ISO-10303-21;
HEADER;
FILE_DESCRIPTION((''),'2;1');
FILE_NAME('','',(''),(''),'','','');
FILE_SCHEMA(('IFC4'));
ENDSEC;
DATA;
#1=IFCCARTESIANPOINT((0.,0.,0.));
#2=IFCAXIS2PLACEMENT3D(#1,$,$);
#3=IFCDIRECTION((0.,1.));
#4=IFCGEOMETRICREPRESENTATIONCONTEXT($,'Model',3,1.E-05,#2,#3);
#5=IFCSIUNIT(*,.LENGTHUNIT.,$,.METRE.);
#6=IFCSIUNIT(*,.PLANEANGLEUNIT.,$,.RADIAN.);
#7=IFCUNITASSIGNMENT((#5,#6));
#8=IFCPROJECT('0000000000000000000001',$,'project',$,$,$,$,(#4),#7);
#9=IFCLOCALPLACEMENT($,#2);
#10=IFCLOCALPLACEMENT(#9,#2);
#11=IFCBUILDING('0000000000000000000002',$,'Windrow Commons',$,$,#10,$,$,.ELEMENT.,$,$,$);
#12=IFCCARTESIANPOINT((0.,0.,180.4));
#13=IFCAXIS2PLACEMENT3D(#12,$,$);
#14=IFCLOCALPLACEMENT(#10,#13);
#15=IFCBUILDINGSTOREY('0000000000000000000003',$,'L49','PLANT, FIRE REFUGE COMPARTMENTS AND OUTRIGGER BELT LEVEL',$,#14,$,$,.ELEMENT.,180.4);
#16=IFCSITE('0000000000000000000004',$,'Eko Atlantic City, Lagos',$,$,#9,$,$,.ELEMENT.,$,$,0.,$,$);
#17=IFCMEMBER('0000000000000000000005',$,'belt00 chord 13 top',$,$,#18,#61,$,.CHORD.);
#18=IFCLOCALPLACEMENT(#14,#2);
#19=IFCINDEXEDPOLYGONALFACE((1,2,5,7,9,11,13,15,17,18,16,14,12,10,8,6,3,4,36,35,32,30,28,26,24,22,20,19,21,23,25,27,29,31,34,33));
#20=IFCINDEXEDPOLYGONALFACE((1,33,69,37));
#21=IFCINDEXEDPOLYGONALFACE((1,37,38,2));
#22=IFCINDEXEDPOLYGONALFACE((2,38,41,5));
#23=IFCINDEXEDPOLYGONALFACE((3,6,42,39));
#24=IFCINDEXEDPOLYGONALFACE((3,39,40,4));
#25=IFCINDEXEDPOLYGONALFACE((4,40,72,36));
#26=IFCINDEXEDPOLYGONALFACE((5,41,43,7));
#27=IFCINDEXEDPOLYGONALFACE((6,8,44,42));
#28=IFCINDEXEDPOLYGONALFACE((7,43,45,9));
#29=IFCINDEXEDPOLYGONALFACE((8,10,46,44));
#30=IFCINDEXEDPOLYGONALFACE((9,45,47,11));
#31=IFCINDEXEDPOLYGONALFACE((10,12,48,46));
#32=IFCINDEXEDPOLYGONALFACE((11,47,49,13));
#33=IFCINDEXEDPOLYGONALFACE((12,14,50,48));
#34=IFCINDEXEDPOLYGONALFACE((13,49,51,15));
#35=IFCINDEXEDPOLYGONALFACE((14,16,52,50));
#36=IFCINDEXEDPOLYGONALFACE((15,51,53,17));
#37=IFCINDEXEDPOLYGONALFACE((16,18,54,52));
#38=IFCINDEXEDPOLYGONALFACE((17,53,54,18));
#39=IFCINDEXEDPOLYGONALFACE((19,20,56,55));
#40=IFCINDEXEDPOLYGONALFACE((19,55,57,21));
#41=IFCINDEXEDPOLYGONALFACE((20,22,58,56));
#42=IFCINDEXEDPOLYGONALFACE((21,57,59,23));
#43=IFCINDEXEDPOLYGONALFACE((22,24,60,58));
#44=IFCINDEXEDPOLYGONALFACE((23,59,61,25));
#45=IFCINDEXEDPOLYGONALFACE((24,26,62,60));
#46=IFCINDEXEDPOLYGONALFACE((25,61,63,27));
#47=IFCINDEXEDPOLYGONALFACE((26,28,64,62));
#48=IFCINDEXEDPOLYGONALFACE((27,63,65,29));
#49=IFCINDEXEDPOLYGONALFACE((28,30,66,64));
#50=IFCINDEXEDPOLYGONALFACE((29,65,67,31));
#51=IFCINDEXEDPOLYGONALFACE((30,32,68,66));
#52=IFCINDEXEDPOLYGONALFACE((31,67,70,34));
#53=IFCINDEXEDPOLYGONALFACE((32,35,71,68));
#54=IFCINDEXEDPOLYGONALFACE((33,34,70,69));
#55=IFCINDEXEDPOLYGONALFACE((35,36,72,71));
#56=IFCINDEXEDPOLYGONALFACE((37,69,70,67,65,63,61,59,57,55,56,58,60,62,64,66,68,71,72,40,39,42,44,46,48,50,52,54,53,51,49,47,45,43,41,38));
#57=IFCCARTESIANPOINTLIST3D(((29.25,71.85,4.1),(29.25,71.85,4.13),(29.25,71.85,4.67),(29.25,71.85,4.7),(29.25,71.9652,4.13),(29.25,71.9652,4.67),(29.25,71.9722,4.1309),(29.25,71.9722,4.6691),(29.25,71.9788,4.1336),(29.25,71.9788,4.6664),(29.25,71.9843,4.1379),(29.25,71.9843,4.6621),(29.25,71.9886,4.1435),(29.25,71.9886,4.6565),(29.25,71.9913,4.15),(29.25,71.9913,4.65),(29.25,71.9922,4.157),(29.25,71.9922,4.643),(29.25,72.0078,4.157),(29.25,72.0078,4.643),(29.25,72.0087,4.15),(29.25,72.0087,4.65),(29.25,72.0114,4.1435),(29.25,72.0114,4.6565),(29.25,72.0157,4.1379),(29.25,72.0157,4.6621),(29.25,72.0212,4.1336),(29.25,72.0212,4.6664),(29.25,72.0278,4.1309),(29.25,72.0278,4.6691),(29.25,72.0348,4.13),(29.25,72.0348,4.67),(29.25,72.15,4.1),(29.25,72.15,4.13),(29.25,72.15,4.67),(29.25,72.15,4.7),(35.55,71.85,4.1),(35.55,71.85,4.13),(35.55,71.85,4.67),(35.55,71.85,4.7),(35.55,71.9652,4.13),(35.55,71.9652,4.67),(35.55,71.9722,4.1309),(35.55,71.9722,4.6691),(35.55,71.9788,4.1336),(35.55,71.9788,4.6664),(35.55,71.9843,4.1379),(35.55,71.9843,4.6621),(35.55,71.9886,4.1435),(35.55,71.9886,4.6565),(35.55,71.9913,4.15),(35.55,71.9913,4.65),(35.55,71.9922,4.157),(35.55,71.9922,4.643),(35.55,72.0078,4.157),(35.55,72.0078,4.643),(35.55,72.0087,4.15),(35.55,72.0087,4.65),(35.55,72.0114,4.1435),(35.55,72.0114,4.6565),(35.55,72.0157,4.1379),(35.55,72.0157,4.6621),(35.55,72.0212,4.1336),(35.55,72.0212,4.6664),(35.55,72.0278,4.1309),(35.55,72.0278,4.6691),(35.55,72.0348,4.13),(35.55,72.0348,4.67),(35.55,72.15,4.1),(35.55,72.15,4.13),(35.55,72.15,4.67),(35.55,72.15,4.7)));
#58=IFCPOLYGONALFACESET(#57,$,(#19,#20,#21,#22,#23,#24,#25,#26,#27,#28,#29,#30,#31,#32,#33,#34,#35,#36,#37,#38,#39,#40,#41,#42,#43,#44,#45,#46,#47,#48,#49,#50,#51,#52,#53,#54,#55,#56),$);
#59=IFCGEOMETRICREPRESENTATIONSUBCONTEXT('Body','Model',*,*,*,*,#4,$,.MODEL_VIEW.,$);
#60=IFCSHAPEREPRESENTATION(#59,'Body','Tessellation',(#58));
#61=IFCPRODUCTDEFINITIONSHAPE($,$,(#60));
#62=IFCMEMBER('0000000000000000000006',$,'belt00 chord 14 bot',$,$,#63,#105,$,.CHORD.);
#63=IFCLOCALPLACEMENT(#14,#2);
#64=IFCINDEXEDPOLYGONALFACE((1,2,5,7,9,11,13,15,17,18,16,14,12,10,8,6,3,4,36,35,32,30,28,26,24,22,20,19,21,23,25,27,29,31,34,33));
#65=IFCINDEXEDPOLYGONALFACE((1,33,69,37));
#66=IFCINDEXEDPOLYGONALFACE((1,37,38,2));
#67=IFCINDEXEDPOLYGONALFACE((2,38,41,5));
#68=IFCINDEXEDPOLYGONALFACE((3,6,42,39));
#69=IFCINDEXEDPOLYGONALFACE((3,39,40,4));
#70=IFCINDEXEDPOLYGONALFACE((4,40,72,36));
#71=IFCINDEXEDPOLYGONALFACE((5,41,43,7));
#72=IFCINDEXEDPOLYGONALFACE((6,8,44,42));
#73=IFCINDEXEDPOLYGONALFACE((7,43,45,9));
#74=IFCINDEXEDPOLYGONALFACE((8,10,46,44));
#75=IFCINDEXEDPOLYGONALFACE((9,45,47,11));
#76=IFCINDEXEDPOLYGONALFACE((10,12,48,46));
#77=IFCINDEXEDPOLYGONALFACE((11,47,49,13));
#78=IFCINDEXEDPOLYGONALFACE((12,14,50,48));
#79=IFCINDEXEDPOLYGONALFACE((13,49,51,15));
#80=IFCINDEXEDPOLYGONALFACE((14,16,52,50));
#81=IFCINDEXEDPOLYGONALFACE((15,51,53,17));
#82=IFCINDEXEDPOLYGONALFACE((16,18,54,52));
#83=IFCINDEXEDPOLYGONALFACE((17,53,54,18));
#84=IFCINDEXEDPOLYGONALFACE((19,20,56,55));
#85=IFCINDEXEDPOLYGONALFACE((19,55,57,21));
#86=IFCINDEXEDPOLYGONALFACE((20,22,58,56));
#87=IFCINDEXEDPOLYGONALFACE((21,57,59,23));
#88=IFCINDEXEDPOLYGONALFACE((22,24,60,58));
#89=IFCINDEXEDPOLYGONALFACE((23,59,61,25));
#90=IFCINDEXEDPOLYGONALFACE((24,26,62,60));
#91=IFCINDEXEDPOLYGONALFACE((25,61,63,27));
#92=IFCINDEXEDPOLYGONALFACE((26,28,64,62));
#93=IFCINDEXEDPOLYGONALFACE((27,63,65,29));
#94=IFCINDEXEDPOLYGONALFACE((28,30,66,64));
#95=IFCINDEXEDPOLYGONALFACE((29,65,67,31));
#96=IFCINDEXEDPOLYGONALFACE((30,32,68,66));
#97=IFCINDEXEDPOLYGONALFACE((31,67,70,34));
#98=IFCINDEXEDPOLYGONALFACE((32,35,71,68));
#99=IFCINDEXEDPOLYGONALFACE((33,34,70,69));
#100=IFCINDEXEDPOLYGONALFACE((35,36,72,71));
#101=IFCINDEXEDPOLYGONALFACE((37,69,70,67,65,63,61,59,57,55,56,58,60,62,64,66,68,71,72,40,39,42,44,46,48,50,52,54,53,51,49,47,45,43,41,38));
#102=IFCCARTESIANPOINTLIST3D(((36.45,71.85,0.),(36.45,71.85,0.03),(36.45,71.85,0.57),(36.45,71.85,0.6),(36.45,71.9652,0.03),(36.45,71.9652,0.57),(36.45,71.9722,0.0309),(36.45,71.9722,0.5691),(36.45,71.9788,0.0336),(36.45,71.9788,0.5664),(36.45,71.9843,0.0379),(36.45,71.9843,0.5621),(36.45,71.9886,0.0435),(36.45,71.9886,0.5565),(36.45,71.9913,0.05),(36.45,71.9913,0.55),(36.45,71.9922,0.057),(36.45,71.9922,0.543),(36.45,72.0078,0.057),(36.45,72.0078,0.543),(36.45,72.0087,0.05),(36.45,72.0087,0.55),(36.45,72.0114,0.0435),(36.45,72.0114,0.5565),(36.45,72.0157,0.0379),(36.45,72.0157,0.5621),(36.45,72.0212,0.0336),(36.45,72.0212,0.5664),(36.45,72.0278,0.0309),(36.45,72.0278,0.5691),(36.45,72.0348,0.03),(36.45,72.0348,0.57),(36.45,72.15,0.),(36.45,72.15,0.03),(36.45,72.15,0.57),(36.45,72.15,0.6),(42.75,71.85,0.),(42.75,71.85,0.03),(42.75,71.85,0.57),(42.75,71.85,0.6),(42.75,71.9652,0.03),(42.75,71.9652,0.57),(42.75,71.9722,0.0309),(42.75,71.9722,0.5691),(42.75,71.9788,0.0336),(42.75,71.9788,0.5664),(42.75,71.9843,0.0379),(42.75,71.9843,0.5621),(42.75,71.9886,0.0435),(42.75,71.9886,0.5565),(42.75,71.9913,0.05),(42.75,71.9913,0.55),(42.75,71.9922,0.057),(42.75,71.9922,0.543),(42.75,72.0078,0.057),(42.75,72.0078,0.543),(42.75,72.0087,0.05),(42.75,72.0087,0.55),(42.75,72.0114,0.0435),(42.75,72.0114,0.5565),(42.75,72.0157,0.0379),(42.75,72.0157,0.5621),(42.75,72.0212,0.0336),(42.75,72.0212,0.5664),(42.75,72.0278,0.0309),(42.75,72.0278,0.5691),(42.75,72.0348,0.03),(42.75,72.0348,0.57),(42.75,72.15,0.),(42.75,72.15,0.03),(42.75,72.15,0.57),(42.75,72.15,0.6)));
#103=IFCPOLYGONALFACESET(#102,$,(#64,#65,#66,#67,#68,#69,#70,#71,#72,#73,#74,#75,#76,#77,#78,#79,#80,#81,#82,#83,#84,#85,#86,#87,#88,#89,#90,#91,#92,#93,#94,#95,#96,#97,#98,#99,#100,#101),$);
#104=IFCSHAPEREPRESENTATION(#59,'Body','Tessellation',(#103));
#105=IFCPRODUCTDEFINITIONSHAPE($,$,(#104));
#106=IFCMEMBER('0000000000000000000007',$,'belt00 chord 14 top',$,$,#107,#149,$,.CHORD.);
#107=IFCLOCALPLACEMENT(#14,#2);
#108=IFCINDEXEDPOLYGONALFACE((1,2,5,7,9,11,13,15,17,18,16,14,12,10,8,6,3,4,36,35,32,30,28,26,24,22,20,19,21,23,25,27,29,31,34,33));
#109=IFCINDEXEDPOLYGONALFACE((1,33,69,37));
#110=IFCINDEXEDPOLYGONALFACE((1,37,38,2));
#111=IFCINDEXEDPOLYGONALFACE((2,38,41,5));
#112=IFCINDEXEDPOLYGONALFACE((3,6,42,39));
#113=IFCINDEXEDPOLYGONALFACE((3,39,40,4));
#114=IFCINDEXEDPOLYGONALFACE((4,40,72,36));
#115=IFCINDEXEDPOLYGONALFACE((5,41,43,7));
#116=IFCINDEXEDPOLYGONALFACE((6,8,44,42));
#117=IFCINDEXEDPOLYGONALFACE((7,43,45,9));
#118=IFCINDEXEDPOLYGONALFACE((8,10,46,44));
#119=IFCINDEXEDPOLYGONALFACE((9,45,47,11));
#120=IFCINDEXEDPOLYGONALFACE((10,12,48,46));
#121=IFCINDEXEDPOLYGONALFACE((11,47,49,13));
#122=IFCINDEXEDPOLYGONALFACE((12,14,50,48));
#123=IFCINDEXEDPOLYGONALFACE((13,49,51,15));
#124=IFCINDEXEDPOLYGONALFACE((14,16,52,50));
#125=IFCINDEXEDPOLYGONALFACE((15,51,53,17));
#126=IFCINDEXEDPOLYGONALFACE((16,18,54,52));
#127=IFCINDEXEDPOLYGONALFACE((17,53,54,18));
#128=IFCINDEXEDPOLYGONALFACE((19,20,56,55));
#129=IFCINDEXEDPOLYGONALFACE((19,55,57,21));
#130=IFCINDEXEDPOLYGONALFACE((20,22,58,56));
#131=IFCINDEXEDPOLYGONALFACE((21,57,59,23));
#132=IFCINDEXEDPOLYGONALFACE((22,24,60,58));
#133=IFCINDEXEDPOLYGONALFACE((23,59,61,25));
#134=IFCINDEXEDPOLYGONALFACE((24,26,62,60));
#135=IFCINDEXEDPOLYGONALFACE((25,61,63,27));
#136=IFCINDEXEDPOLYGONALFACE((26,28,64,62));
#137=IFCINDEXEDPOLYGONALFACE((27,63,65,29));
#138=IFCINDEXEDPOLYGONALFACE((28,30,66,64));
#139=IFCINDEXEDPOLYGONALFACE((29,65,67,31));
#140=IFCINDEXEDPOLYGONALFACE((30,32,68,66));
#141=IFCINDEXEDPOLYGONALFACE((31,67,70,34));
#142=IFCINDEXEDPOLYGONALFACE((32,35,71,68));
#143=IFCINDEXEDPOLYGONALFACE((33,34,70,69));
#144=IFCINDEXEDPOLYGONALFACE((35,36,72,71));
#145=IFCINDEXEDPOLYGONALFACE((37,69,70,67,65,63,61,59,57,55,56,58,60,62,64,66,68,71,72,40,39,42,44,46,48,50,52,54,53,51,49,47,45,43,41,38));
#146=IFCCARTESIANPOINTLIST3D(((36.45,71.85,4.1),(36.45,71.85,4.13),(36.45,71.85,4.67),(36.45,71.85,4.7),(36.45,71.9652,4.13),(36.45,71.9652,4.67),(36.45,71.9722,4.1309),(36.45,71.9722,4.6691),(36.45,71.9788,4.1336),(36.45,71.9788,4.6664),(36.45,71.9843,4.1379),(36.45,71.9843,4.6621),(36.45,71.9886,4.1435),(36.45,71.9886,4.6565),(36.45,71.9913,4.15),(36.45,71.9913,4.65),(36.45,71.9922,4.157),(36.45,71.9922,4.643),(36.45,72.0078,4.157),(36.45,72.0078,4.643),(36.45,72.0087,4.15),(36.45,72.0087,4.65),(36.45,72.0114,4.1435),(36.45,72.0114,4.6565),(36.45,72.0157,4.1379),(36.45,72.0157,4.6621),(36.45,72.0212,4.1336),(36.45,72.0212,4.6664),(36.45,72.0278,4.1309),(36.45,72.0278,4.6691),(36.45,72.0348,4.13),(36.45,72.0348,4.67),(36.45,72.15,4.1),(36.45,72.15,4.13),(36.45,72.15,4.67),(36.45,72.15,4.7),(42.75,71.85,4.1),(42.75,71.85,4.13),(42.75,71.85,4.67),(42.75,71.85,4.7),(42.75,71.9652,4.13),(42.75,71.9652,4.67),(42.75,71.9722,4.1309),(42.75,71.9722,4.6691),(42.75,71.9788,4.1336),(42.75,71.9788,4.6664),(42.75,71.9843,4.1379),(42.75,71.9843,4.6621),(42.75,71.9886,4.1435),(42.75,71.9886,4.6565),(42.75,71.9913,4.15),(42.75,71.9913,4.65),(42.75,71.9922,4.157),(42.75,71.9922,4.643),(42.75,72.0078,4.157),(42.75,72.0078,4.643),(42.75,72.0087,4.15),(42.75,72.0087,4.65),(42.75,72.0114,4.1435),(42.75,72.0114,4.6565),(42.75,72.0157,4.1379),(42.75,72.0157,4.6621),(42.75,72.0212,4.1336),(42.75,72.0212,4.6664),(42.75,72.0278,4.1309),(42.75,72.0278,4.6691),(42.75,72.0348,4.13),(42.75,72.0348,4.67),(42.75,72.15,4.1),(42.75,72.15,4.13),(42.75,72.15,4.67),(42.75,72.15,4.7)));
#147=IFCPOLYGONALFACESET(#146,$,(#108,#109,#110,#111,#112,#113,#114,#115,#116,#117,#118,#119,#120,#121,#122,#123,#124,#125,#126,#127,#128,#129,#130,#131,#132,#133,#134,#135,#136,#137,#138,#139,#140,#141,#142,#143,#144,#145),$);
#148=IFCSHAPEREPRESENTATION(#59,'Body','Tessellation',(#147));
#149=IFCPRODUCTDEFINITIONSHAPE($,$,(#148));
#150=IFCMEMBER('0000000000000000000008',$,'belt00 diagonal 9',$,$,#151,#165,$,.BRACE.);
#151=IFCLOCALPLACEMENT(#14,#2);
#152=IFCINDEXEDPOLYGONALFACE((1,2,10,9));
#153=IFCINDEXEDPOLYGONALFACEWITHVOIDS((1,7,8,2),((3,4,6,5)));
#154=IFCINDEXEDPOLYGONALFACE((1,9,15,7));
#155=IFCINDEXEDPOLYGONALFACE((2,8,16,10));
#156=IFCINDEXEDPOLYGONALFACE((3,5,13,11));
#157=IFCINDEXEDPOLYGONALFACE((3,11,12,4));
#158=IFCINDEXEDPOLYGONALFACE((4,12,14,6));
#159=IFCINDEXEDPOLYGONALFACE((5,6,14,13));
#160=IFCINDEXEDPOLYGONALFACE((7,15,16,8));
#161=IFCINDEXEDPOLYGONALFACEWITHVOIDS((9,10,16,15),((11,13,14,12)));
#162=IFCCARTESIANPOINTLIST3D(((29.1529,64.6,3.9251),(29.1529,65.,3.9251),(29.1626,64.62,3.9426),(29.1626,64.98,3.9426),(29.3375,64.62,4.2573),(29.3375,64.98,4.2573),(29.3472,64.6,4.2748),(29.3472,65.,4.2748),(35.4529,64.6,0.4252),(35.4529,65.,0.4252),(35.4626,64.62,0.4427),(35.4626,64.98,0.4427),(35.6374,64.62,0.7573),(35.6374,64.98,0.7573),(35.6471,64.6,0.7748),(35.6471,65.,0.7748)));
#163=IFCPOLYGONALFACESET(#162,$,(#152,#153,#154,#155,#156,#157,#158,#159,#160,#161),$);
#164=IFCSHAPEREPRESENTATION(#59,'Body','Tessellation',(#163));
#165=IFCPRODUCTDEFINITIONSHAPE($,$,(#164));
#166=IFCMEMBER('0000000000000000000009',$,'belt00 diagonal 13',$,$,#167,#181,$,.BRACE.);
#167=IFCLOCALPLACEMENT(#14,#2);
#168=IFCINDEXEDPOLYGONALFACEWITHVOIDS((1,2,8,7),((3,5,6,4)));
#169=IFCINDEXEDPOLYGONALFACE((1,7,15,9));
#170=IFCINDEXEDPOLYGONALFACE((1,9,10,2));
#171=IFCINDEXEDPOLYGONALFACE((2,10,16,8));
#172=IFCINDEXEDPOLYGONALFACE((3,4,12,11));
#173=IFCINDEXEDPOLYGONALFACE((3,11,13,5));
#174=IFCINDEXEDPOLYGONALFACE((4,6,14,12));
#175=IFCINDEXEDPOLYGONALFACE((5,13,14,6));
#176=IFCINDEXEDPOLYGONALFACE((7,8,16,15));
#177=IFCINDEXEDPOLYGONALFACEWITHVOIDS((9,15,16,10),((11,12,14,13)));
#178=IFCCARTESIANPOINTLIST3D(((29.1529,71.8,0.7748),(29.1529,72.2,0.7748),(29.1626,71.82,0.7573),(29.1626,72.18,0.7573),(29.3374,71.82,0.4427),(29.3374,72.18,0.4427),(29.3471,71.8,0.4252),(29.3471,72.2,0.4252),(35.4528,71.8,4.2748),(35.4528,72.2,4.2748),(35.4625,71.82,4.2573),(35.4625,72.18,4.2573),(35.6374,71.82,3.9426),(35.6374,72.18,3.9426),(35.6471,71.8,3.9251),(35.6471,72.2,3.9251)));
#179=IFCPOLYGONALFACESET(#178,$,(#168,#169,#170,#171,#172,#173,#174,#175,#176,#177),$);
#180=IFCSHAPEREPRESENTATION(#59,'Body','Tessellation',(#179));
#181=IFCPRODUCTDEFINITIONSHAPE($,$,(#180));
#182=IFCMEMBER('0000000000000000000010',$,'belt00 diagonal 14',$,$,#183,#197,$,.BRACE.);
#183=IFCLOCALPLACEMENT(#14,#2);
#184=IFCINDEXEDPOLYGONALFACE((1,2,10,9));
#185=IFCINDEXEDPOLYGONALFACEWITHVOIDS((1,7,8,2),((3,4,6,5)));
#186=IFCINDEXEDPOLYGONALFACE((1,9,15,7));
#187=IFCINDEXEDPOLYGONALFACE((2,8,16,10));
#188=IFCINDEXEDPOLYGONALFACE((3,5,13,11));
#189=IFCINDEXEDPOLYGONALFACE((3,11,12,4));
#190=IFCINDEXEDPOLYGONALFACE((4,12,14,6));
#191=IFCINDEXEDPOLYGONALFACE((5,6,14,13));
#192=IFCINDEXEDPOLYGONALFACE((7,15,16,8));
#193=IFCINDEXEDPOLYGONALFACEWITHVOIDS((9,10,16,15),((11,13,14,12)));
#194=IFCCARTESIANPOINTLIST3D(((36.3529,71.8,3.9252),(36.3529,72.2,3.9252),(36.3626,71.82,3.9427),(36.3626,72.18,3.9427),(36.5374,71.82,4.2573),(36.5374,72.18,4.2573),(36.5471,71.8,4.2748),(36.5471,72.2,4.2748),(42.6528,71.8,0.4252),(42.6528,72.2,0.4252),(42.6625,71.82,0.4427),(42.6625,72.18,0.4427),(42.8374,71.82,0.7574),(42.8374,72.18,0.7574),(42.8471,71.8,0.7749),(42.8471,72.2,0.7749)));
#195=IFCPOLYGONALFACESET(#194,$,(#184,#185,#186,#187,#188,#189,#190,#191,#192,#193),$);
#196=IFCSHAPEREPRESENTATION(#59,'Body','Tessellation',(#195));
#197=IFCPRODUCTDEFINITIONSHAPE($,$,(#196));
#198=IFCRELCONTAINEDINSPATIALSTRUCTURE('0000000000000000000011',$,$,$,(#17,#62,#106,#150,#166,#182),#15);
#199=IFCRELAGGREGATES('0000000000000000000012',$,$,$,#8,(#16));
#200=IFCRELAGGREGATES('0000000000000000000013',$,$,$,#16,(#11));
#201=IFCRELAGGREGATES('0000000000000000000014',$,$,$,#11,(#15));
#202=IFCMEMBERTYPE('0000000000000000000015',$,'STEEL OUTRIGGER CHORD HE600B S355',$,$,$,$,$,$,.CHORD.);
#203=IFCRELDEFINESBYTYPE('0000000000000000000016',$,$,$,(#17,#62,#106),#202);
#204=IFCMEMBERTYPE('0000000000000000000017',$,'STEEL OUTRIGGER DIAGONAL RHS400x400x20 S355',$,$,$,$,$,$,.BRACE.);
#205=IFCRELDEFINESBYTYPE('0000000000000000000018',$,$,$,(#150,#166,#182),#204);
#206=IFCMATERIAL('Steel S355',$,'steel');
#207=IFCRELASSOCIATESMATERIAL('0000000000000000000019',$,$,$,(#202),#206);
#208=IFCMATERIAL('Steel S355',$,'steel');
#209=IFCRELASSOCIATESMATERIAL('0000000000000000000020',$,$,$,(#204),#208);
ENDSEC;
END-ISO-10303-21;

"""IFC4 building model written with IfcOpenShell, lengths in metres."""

from ifc_helpers import new_model, si_unit, direction, frame, origin, origin_2d, place, context, subcontext, project, spatial, hollow_rectangle, i_section, extrude, material, material_profile, profile_set, type_object, element, save


model = new_model("IFC4")

# Units and contexts
model_context = context("Model", 3, precision=1e-05, world=origin(), true_north=direction((0.0, 1.0)))
body_context = subcontext(model_context, "Body", "Model", "MODEL_VIEW")
ifc_project = project(units=[si_unit("LENGTHUNIT", "METRE"), si_unit("PLANEANGLEUNIT", "RADIAN")], contexts=[model_context])

# Site, building, storey
site_placement = place(None, origin())
site = spatial("IfcSite", under=ifc_project, at=site_placement, Name="Eko Atlantic City, Lagos", CompositionType="ELEMENT", RefElevation=0.0)
building_placement = place(site_placement, origin())
building = spatial("IfcBuilding", under=site, at=building_placement, Name="Windrow Commons", CompositionType="ELEMENT")
storey_placement = place(building_placement, frame((0.0, 0.0, 180.4)))
storey = spatial("IfcBuildingStorey", under=building, at=storey_placement, Name="L49", Description="PLANT, FIRE REFUGE COMPARTMENTS AND OUTRIGGER BELT LEVEL", CompositionType="ELEMENT", Elevation=180.4)

# Members
ifc_material_1 = material(Name="Steel S355", Category="steel")
ifc_material_profile_1 = material_profile(ifc_material_1, i_section(OverallWidth=0.3, OverallDepth=0.6, WebThickness=0.0155, FlangeThickness=0.03, FilletRadius=0.027, at=origin_2d()))
ifc_profile_set_1 = profile_set([ifc_material_profile_1], Name="Steel S355")
member_type_1 = type_object("IfcMemberType", Name="STEEL OUTRIGGER CHORD HE600B S355", PredefinedType="CHORD", material=ifc_profile_set_1)
for number, where, z_axis, x_axis, name in (
    (1, (29.25, 72.0, 4.4), (1.0, 0.0, 0.0), (0.0, 1.0, 0.0), "belt00 chord 13 top"),
    (2, (36.45, 72.0, 0.3), (1.0, 0.0, 0.0), (0.0, 1.0, 0.0), "belt00 chord 14 bot"),
    (3, (36.45, 72.0, 4.4), (1.0, 0.0, 0.0), (0.0, 1.0, 0.0), "belt00 chord 14 top"),
):
    element("IfcMember", number, at=place(storey_placement, frame(where, z_axis=z_axis, x_axis=x_axis)), inside=storey, type_object=member_type_1, Name=name, PredefinedType="CHORD", context=body_context, shape_type="SweptSolid", body=[
        extrude(i_section(OverallWidth=0.3, OverallDepth=0.6, WebThickness=0.0155, FlangeThickness=0.03, FilletRadius=0.027, at=origin_2d()), origin(), (0.0, 0.0, 1.0), 6.3),
    ])
ifc_material_2 = material(Name="Steel S355", Category="steel")
ifc_material_profile_2 = material_profile(ifc_material_2, hollow_rectangle(XDim=0.4, YDim=0.4, WallThickness=0.02, at=origin_2d()))
ifc_profile_set_2 = profile_set([ifc_material_profile_2], Name="Steel S355")
member_type_2 = type_object("IfcMemberType", Name="STEEL OUTRIGGER DIAGONAL RHS400x400x20 S355", PredefinedType="BRACE", material=ifc_profile_set_2)
for number, where, z_axis, x_axis, name in (
    (4, (35.55, 64.8, 0.6), (-0.874157, 0.0, 0.485643), (0.0, -1.0, 0.0), "belt00 diagonal 9"),
    (5, (29.25, 72.0, 0.6), (0.874157, 0.0, 0.485643), (0.0, 1.0, 0.0), "belt00 diagonal 13"),
    (6, (36.45, 72.0, 4.1), (0.874157, 0.0, -0.485643), (0.0, 1.0, 0.0), "belt00 diagonal 14"),
):
    element("IfcMember", number, at=place(storey_placement, frame(where, z_axis=z_axis, x_axis=x_axis)), inside=storey, type_object=member_type_2, Name=name, PredefinedType="BRACE", context=body_context, shape_type="SweptSolid", body=[
        extrude(hollow_rectangle(XDim=0.4, YDim=0.4, WallThickness=0.02, at=origin_2d()), origin(), (0.0, 0.0, 1.0), 7.2069),
    ])

save(model, "model.ifc")
